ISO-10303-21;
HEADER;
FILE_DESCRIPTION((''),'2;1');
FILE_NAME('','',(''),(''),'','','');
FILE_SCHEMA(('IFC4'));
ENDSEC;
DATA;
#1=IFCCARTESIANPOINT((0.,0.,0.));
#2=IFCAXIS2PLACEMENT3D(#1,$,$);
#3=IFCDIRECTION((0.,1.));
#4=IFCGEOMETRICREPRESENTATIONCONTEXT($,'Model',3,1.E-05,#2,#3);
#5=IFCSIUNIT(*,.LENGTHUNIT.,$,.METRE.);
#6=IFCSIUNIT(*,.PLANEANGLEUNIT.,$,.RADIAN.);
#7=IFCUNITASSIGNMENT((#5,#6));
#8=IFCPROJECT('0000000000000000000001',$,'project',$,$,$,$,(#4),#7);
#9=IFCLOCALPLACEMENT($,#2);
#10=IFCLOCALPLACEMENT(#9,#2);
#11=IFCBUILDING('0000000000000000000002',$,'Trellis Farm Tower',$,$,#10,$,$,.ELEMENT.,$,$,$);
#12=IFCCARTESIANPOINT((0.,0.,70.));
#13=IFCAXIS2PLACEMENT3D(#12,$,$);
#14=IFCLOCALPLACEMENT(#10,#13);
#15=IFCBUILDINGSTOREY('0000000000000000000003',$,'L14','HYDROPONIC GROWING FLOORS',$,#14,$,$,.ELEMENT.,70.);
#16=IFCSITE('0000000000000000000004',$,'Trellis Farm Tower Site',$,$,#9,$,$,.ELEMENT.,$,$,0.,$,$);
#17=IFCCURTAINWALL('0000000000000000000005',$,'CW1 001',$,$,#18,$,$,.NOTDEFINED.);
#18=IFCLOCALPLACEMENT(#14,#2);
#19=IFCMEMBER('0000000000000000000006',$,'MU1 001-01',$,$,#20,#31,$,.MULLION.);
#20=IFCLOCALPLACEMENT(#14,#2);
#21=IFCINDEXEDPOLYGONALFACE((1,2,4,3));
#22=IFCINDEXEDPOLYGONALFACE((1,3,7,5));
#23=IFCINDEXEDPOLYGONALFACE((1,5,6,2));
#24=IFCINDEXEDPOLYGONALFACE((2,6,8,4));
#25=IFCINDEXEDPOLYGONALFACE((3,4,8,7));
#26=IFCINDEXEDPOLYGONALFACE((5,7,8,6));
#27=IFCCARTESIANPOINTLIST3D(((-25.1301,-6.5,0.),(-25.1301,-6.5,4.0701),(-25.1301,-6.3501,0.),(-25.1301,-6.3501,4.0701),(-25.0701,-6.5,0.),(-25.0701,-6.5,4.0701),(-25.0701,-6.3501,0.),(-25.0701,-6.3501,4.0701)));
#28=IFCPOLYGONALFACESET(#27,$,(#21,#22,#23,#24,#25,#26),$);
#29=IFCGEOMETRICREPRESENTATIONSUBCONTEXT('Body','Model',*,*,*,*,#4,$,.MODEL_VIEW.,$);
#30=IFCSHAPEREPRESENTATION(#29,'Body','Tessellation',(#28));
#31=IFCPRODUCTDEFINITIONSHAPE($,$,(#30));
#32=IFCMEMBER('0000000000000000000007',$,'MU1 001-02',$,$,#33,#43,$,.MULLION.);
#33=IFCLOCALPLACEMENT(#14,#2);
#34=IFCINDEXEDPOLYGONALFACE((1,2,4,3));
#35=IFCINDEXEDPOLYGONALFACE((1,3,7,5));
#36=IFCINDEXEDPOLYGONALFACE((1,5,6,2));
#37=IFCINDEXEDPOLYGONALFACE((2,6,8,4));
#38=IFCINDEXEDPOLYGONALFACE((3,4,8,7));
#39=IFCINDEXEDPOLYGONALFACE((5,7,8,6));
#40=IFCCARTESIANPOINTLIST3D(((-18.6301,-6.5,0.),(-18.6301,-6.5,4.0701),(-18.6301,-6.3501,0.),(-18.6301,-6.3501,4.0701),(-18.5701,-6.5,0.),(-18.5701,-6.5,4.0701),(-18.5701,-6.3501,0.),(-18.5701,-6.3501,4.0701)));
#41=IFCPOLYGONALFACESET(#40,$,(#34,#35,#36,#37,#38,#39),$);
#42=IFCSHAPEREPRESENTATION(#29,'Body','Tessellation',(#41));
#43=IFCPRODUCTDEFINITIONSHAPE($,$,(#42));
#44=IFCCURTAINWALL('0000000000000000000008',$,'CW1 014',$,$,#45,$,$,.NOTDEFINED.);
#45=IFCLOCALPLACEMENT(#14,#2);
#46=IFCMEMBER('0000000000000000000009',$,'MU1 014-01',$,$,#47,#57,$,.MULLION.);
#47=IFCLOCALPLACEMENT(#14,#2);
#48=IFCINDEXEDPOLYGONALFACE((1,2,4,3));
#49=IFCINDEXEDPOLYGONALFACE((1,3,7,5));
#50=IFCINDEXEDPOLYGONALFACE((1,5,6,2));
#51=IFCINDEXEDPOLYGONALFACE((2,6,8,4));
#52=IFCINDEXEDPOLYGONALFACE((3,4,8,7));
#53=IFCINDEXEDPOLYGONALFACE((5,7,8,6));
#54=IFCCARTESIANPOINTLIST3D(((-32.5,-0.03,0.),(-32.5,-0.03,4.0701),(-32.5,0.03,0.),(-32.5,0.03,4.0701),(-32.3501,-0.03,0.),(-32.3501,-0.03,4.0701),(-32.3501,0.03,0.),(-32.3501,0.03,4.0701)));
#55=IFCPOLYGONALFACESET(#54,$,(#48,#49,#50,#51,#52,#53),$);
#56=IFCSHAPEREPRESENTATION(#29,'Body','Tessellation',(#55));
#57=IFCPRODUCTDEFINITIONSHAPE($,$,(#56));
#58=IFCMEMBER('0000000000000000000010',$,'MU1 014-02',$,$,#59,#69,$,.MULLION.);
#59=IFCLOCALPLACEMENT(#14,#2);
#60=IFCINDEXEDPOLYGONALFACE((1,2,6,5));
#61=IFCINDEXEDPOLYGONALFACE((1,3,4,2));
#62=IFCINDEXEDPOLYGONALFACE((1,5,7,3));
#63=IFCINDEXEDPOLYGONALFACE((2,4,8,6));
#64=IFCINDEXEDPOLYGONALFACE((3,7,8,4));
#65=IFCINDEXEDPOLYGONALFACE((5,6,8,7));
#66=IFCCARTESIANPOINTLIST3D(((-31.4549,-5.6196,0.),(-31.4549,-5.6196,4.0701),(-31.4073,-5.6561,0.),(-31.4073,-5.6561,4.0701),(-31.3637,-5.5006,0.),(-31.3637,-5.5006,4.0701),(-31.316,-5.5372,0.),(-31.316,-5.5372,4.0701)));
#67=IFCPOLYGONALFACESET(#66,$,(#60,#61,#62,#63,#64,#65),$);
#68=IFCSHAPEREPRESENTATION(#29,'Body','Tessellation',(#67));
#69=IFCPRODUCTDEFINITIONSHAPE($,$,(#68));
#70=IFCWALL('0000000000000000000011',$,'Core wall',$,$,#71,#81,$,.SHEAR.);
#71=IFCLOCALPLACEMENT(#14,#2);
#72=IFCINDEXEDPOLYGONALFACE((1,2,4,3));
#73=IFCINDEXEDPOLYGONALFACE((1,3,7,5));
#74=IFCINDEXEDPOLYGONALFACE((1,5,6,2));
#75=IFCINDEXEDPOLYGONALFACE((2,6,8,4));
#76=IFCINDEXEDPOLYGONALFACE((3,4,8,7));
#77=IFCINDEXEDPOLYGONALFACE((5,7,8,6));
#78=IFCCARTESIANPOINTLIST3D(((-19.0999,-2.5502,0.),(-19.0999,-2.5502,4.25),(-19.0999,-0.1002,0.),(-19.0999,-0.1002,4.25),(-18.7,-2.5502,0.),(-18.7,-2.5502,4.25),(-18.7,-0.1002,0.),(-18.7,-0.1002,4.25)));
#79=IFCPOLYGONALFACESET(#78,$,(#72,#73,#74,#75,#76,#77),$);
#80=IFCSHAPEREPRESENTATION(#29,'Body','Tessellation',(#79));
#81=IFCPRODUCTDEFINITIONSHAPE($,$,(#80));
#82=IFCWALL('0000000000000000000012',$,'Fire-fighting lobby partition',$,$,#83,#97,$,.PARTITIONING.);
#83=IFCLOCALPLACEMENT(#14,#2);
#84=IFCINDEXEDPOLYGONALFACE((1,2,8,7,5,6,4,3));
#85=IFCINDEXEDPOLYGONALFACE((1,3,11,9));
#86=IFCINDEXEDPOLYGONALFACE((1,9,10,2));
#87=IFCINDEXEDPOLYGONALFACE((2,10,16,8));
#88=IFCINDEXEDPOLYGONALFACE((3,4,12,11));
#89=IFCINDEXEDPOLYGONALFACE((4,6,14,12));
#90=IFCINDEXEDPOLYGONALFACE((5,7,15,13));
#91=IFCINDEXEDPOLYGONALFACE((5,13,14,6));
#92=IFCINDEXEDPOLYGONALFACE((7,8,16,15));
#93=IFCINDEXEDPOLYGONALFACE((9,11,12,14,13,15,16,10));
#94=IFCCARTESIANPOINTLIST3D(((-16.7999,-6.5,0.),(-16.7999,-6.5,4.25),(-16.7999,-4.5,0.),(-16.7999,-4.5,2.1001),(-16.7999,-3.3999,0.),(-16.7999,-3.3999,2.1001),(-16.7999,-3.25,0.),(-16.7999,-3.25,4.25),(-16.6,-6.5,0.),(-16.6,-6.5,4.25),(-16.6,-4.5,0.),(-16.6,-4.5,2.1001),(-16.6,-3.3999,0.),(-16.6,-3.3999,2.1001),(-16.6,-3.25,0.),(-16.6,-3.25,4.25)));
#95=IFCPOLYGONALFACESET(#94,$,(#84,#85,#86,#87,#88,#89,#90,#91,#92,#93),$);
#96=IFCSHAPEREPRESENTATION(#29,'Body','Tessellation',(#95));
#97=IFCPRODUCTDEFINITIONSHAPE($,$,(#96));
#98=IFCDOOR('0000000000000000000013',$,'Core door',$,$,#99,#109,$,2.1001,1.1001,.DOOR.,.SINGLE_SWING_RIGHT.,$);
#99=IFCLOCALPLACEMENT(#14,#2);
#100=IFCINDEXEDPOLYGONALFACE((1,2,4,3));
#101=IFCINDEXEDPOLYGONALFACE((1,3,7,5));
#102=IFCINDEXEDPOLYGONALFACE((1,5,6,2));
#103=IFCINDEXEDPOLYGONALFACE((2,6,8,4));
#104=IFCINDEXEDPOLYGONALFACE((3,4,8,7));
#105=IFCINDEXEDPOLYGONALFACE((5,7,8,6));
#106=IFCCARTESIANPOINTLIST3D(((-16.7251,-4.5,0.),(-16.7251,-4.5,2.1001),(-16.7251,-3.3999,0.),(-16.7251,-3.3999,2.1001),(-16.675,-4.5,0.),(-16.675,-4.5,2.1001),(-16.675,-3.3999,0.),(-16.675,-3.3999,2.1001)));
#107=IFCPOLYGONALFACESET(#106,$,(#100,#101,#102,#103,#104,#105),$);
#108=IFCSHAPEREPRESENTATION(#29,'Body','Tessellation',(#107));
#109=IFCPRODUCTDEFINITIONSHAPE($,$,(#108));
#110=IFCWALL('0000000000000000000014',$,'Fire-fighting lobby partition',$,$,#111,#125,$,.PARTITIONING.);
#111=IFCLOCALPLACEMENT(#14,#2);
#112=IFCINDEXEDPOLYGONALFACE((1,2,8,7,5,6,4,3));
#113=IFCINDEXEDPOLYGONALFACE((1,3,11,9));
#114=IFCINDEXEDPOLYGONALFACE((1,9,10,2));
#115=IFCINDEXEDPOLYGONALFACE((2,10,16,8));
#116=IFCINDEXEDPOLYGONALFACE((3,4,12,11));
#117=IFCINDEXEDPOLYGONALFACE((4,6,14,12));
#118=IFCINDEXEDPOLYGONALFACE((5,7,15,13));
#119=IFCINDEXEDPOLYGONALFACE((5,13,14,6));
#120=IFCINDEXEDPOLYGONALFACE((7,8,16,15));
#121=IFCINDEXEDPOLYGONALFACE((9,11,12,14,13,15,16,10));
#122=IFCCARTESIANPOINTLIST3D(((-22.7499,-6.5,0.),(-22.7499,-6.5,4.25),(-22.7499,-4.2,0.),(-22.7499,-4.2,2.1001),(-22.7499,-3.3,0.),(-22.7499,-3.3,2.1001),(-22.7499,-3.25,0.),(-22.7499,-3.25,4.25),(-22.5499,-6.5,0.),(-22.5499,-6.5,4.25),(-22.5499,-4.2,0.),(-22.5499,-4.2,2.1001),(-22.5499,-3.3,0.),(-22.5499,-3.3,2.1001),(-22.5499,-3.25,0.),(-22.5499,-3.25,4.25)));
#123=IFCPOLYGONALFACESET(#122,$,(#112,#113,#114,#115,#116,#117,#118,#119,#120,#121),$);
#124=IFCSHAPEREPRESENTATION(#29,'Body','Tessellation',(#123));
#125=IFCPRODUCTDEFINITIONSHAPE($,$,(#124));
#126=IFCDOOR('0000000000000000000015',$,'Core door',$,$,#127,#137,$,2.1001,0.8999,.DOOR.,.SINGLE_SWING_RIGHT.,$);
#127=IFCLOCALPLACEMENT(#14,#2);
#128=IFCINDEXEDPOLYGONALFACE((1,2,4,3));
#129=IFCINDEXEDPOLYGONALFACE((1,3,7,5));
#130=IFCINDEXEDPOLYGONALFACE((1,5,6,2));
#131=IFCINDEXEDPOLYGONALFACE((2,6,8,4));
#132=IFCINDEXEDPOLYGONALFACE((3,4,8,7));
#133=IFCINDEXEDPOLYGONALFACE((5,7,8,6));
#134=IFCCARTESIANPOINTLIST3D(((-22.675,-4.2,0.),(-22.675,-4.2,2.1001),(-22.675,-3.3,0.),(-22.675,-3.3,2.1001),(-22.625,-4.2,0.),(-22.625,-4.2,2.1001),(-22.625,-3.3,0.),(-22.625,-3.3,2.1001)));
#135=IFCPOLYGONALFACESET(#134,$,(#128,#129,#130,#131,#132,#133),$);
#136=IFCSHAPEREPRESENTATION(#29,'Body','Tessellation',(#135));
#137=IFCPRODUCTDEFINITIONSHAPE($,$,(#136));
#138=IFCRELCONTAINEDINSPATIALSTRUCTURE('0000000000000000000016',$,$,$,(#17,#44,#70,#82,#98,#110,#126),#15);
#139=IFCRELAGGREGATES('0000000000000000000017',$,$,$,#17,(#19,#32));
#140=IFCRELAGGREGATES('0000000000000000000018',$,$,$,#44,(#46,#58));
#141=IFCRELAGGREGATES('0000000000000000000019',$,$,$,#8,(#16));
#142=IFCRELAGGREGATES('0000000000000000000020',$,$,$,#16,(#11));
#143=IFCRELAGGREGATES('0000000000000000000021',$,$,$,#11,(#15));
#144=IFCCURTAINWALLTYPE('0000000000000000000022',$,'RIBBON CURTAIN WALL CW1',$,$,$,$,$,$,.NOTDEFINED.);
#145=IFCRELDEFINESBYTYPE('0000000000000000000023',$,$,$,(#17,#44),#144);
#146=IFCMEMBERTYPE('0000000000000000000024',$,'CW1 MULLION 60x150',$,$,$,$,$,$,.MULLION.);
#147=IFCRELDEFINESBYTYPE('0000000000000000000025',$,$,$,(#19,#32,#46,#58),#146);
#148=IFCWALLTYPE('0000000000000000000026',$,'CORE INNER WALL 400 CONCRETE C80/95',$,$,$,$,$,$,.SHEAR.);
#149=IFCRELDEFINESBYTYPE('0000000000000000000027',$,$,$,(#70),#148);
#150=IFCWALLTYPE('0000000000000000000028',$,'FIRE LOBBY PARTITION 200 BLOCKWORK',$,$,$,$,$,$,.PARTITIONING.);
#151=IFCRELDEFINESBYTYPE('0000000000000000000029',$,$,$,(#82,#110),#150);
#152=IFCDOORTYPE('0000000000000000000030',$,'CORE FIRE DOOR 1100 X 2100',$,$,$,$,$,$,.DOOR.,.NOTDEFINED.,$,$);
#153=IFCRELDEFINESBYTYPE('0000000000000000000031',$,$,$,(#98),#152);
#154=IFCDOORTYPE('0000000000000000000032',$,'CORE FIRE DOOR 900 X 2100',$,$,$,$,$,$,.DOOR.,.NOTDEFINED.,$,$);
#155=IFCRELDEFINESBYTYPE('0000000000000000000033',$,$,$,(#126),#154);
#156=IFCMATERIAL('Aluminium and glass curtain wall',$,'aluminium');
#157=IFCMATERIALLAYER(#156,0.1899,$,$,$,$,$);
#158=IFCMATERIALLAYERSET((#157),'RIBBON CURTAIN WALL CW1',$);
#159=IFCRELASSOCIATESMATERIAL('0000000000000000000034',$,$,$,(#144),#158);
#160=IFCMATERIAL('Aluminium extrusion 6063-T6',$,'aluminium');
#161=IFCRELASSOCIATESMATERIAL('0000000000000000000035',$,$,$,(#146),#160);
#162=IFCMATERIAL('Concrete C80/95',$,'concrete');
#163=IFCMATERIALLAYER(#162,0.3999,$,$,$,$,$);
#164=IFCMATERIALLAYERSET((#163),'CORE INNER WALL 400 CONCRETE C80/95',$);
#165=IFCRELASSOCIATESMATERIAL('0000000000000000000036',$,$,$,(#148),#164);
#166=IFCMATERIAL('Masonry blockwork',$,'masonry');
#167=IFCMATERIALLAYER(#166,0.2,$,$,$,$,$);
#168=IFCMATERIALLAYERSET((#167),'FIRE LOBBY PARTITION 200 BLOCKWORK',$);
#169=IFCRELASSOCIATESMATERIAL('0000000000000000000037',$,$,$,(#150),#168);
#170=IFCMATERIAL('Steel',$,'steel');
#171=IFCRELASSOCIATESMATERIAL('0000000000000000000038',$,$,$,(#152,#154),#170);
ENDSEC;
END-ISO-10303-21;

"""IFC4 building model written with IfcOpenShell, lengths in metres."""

from ifc_helpers import new_model, si_unit, direction, frame, frame_2d, origin, origin_2d, place, context, subcontext, project, spatial, rectangle, extrude, source, transform, mapped, material, layer, layer_set, material_profile, profile_set, type_object, element, fill, aggregate, save


model = new_model("IFC4")

# Units and contexts
model_context = context("Model", 3, precision=1e-05, world=origin(), true_north=direction((0.0, 1.0)))
body_context = subcontext(model_context, "Body", "Model", "MODEL_VIEW")
ifc_project = project(units=[si_unit("LENGTHUNIT", "METRE"), si_unit("PLANEANGLEUNIT", "RADIAN")], contexts=[model_context])

# Site, building, storey
site_placement = place(None, origin())
site = spatial("IfcSite", under=ifc_project, at=site_placement, Name="Trellis Farm Tower Site", CompositionType="ELEMENT", RefElevation=0.0)
building_placement = place(site_placement, origin())
building = spatial("IfcBuilding", under=site, at=building_placement, Name="Trellis Farm Tower", CompositionType="ELEMENT")
storey_placement = place(building_placement, frame((0.0, 0.0, 70.0)))
storey = spatial("IfcBuildingStorey", under=building, at=storey_placement, Name="L14", Description="HYDROPONIC GROWING FLOORS", CompositionType="ELEMENT", Elevation=70.0)

# Shared definitions
ifc_material_1 = material(Name="Concrete C80/95", Category="concrete")

# Curtain walls, members
ifc_material_2 = material(Name="Aluminium and glass curtain wall", Category="aluminium")
ifc_layer_1 = layer(ifc_material_2, 0.1899)
ifc_layer_set_1 = layer_set([ifc_layer_1], Name="RIBBON CURTAIN WALL CW1")
curtain_wall_type = type_object("IfcCurtainWallType", Name="RIBBON CURTAIN WALL CW1", PredefinedType="NOTDEFINED", material=ifc_layer_set_1)
placement = place(storey_placement, origin())
curtain_wall_1 = element("IfcCurtainWall", 1, at=placement, inside=storey, type_object=curtain_wall_type, Name="CW1 001", PredefinedType="NOTDEFINED")
ifc_material_3 = material(Name="Aluminium extrusion 6063-T6", Category="aluminium")
ifc_material_profile_1 = material_profile(ifc_material_3, rectangle(XDim=0.0601, YDim=0.1499, at=origin_2d()), Name="MULLION 60x150")
ifc_profile_set_1 = profile_set([ifc_material_profile_1], Name="Aluminium extrusion 6063-T6")
member_type = type_object("IfcMemberType", Name="CW1 MULLION 60x150", PredefinedType="MULLION", material=ifc_profile_set_1)
shared_shape_1 = source(origin(), body_context, "Body", "SweptSolid", [
    extrude(rectangle(XDim=0.0601, YDim=0.1499, at=origin_2d()), origin(), (0.0, 0.0, 1.0), 4.0701),
])
member_1_placement = place(storey_placement, frame((-25.1001, -6.425, 0.0), z_axis=(0.0, 0.0, 1.0), x_axis=(1.0, 0.0, 0.0)))
member_1 = element("IfcMember", 2, at=member_1_placement, type_object=member_type, Name="MU1 001-01", PredefinedType="MULLION", context=body_context, shape_type="MappedRepresentation", body=[
    mapped(shared_shape_1, transform((0.0, 0.0, 0.0))),
])
member_2_placement = place(storey_placement, frame((-18.6001, -6.425, 0.0), z_axis=(0.0, 0.0, 1.0), x_axis=(1.0, 0.0, 0.0)))
member_2 = element("IfcMember", 3, at=member_2_placement, type_object=member_type, Name="MU1 001-02", PredefinedType="MULLION", context=body_context, shape_type="MappedRepresentation", body=[
    mapped(shared_shape_1, transform((0.0, 0.0, 0.0))),
])
aggregate(curtain_wall_1, [member_1, member_2])
curtain_wall_2 = element("IfcCurtainWall", 4, at=placement, inside=storey, type_object=curtain_wall_type, Name="CW1 014", PredefinedType="NOTDEFINED")
member_3_placement = place(storey_placement, frame((-32.425, 0.0, 0.0), z_axis=(0.0, 0.0, 1.0), x_axis=(0.0, -1.0, 0.0)))
member_3 = element("IfcMember", 5, at=member_3_placement, type_object=member_type, Name="MU1 014-01", PredefinedType="MULLION", context=body_context, shape_type="MappedRepresentation", body=[
    mapped(shared_shape_1, transform((0.0, 0.0, 0.0))),
])
member_4_placement = place(storey_placement, frame((-31.3855, -5.5784, 0.0), z_axis=(0.0, 0.0, 1.0), x_axis=(0.793353, -0.608761, 0.0)))
member_4 = element("IfcMember", 6, at=member_4_placement, type_object=member_type, Name="MU1 014-02", PredefinedType="MULLION", context=body_context, shape_type="MappedRepresentation", body=[
    mapped(shared_shape_1, transform((0.0, 0.0, 0.0))),
])
aggregate(curtain_wall_2, [member_3, member_4])

# Wall
ifc_layer_2 = layer(ifc_material_1, 0.3999)
ifc_layer_set_2 = layer_set([ifc_layer_2], Name="CORE INNER WALL 400 CONCRETE C80/95")
wall_type_1 = type_object("IfcWallType", Name="CORE INNER WALL 400 CONCRETE C80/95", PredefinedType="SHEAR", material=ifc_layer_set_2)
shared_shape_2 = source(origin(), body_context, "Body", "SweptSolid", [
    extrude(rectangle(XDim=2.45, YDim=0.3999, at=frame_2d((1.2251, 0.0))), origin(), (0.0, 0.0, 1.0), 4.25),
])
wall_1_placement = place(storey_placement, frame((-18.8999, -0.1001, 0.0), z_axis=(0.0, 0.0, 1.0), x_axis=(0.0, -1.0, 0.0)))
element("IfcWall", 7, at=wall_1_placement, inside=storey, type_object=wall_type_1, Name="Core wall", PredefinedType="SHEAR", context=body_context, shape_type="MappedRepresentation", body=[
    mapped(shared_shape_2, transform((0.0, 0.0, 0.0))),
])

# Walls, openings, doors
ifc_material_4 = material(Name="Masonry blockwork", Category="masonry")
ifc_layer_3 = layer(ifc_material_4, 0.2)
ifc_layer_set_3 = layer_set([ifc_layer_3], Name="FIRE LOBBY PARTITION 200 BLOCKWORK")
wall_type_2 = type_object("IfcWallType", Name="FIRE LOBBY PARTITION 200 BLOCKWORK", PredefinedType="PARTITIONING", material=ifc_layer_set_3)
shared_shape_3 = source(origin(), body_context, "Body", "SweptSolid", [
    extrude(rectangle(XDim=3.25, YDim=0.2, at=frame_2d((1.625, 0.0))), origin(), (0.0, 0.0, 1.0), 4.25),
])
wall_2_placement = place(storey_placement, frame((-16.7, -3.25, 0.0), z_axis=(0.0, 0.0, 1.0), x_axis=(0.0, -1.0, 0.0)))
wall_2 = element("IfcWall", 8, at=wall_2_placement, inside=storey, type_object=wall_type_2, Name="Fire-fighting lobby partition", PredefinedType="PARTITIONING", context=body_context, shape_type="MappedRepresentation", body=[
    mapped(shared_shape_3, transform((0.0, 0.0, 0.0))),
])
shared_shape_4 = source(origin(), body_context, "Body", "SweptSolid", [
    extrude(rectangle(XDim=1.1001, YDim=2.1001, at=frame_2d((0.55, 1.05))), frame((0.0, 0.1101, 0.0), z_axis=(0.0, -1.0, 0.0), x_axis=(1.0, 0.0, 0.0)), (0.0, 0.0, 1.0), 0.2202),
])
opening_1_placement = place(wall_2_placement, frame((0.1499, 0.0, 0.0)))
opening_1 = element("IfcOpeningElement", 9, at=opening_1_placement, cuts=wall_2, PredefinedType="OPENING", context=body_context, shape_type="MappedRepresentation", body=[
    mapped(shared_shape_4, transform((0.0, 0.0, 0.0))),
])
ifc_material_5 = material(Name="Steel", Category="steel")
door_type_1 = type_object("IfcDoorType", Name="CORE FIRE DOOR 1100 X 2100", OperationType="NOTDEFINED", PredefinedType="DOOR", material=ifc_material_5)
shared_shape_5 = source(origin(), body_context, "Body", "SweptSolid", [
    extrude(rectangle(XDim=1.1001, YDim=2.1001, at=frame_2d((0.55, 1.05))), frame((0.0, 0.0249, 0.0), z_axis=(0.0, -1.0, 0.0), x_axis=(1.0, 0.0, 0.0)), (0.0, 0.0, 1.0), 0.05),
])
door_1_placement = place(opening_1_placement, origin())
door_1 = element("IfcDoor", 10, at=door_1_placement, inside=storey, type_object=door_type_1, Name="Core door", OperationType="SINGLE_SWING_RIGHT", OverallHeight=2.1001, OverallWidth=1.1001, PredefinedType="DOOR", context=body_context, shape_type="MappedRepresentation", body=[
    mapped(shared_shape_5, transform((0.0, 0.0, 0.0))),
])
fill(opening_1, door_1)
wall_3_placement = place(storey_placement, frame((-22.6499, -3.25, 0.0), z_axis=(0.0, 0.0, 1.0), x_axis=(0.0, -1.0, 0.0)))
wall_3 = element("IfcWall", 11, at=wall_3_placement, inside=storey, type_object=wall_type_2, Name="Fire-fighting lobby partition", PredefinedType="PARTITIONING", context=body_context, shape_type="MappedRepresentation", body=[
    mapped(shared_shape_3, transform((0.0, 0.0, 0.0))),
])
shared_shape_6 = source(origin(), body_context, "Body", "SweptSolid", [
    extrude(rectangle(XDim=0.8999, YDim=2.1001, at=frame_2d((0.45, 1.05))), frame((0.0, 0.1101, 0.0), z_axis=(0.0, -1.0, 0.0), x_axis=(1.0, 0.0, 0.0)), (0.0, 0.0, 1.0), 0.2202),
])
opening_2_placement = place(wall_3_placement, frame((0.05, 0.0, 0.0)))
opening_2 = element("IfcOpeningElement", 12, at=opening_2_placement, cuts=wall_3, PredefinedType="OPENING", context=body_context, shape_type="MappedRepresentation", body=[
    mapped(shared_shape_6, transform((0.0, 0.0, 0.0))),
])
door_type_2 = type_object("IfcDoorType", Name="CORE FIRE DOOR 900 X 2100", OperationType="NOTDEFINED", PredefinedType="DOOR", material=ifc_material_5)
shared_shape_7 = source(origin(), body_context, "Body", "SweptSolid", [
    extrude(rectangle(XDim=0.8999, YDim=2.1001, at=frame_2d((0.45, 1.05))), frame((0.0, 0.0249, 0.0), z_axis=(0.0, -1.0, 0.0), x_axis=(1.0, 0.0, 0.0)), (0.0, 0.0, 1.0), 0.05),
])
door_2_placement = place(opening_2_placement, origin())
door_2 = element("IfcDoor", 13, at=door_2_placement, inside=storey, type_object=door_type_2, Name="Core door", OperationType="SINGLE_SWING_RIGHT", OverallHeight=2.1001, OverallWidth=0.8999, PredefinedType="DOOR", context=body_context, shape_type="MappedRepresentation", body=[
    mapped(shared_shape_7, transform((0.0, 0.0, 0.0))),
])
fill(opening_2, door_2)

save(model, "model.ifc")
